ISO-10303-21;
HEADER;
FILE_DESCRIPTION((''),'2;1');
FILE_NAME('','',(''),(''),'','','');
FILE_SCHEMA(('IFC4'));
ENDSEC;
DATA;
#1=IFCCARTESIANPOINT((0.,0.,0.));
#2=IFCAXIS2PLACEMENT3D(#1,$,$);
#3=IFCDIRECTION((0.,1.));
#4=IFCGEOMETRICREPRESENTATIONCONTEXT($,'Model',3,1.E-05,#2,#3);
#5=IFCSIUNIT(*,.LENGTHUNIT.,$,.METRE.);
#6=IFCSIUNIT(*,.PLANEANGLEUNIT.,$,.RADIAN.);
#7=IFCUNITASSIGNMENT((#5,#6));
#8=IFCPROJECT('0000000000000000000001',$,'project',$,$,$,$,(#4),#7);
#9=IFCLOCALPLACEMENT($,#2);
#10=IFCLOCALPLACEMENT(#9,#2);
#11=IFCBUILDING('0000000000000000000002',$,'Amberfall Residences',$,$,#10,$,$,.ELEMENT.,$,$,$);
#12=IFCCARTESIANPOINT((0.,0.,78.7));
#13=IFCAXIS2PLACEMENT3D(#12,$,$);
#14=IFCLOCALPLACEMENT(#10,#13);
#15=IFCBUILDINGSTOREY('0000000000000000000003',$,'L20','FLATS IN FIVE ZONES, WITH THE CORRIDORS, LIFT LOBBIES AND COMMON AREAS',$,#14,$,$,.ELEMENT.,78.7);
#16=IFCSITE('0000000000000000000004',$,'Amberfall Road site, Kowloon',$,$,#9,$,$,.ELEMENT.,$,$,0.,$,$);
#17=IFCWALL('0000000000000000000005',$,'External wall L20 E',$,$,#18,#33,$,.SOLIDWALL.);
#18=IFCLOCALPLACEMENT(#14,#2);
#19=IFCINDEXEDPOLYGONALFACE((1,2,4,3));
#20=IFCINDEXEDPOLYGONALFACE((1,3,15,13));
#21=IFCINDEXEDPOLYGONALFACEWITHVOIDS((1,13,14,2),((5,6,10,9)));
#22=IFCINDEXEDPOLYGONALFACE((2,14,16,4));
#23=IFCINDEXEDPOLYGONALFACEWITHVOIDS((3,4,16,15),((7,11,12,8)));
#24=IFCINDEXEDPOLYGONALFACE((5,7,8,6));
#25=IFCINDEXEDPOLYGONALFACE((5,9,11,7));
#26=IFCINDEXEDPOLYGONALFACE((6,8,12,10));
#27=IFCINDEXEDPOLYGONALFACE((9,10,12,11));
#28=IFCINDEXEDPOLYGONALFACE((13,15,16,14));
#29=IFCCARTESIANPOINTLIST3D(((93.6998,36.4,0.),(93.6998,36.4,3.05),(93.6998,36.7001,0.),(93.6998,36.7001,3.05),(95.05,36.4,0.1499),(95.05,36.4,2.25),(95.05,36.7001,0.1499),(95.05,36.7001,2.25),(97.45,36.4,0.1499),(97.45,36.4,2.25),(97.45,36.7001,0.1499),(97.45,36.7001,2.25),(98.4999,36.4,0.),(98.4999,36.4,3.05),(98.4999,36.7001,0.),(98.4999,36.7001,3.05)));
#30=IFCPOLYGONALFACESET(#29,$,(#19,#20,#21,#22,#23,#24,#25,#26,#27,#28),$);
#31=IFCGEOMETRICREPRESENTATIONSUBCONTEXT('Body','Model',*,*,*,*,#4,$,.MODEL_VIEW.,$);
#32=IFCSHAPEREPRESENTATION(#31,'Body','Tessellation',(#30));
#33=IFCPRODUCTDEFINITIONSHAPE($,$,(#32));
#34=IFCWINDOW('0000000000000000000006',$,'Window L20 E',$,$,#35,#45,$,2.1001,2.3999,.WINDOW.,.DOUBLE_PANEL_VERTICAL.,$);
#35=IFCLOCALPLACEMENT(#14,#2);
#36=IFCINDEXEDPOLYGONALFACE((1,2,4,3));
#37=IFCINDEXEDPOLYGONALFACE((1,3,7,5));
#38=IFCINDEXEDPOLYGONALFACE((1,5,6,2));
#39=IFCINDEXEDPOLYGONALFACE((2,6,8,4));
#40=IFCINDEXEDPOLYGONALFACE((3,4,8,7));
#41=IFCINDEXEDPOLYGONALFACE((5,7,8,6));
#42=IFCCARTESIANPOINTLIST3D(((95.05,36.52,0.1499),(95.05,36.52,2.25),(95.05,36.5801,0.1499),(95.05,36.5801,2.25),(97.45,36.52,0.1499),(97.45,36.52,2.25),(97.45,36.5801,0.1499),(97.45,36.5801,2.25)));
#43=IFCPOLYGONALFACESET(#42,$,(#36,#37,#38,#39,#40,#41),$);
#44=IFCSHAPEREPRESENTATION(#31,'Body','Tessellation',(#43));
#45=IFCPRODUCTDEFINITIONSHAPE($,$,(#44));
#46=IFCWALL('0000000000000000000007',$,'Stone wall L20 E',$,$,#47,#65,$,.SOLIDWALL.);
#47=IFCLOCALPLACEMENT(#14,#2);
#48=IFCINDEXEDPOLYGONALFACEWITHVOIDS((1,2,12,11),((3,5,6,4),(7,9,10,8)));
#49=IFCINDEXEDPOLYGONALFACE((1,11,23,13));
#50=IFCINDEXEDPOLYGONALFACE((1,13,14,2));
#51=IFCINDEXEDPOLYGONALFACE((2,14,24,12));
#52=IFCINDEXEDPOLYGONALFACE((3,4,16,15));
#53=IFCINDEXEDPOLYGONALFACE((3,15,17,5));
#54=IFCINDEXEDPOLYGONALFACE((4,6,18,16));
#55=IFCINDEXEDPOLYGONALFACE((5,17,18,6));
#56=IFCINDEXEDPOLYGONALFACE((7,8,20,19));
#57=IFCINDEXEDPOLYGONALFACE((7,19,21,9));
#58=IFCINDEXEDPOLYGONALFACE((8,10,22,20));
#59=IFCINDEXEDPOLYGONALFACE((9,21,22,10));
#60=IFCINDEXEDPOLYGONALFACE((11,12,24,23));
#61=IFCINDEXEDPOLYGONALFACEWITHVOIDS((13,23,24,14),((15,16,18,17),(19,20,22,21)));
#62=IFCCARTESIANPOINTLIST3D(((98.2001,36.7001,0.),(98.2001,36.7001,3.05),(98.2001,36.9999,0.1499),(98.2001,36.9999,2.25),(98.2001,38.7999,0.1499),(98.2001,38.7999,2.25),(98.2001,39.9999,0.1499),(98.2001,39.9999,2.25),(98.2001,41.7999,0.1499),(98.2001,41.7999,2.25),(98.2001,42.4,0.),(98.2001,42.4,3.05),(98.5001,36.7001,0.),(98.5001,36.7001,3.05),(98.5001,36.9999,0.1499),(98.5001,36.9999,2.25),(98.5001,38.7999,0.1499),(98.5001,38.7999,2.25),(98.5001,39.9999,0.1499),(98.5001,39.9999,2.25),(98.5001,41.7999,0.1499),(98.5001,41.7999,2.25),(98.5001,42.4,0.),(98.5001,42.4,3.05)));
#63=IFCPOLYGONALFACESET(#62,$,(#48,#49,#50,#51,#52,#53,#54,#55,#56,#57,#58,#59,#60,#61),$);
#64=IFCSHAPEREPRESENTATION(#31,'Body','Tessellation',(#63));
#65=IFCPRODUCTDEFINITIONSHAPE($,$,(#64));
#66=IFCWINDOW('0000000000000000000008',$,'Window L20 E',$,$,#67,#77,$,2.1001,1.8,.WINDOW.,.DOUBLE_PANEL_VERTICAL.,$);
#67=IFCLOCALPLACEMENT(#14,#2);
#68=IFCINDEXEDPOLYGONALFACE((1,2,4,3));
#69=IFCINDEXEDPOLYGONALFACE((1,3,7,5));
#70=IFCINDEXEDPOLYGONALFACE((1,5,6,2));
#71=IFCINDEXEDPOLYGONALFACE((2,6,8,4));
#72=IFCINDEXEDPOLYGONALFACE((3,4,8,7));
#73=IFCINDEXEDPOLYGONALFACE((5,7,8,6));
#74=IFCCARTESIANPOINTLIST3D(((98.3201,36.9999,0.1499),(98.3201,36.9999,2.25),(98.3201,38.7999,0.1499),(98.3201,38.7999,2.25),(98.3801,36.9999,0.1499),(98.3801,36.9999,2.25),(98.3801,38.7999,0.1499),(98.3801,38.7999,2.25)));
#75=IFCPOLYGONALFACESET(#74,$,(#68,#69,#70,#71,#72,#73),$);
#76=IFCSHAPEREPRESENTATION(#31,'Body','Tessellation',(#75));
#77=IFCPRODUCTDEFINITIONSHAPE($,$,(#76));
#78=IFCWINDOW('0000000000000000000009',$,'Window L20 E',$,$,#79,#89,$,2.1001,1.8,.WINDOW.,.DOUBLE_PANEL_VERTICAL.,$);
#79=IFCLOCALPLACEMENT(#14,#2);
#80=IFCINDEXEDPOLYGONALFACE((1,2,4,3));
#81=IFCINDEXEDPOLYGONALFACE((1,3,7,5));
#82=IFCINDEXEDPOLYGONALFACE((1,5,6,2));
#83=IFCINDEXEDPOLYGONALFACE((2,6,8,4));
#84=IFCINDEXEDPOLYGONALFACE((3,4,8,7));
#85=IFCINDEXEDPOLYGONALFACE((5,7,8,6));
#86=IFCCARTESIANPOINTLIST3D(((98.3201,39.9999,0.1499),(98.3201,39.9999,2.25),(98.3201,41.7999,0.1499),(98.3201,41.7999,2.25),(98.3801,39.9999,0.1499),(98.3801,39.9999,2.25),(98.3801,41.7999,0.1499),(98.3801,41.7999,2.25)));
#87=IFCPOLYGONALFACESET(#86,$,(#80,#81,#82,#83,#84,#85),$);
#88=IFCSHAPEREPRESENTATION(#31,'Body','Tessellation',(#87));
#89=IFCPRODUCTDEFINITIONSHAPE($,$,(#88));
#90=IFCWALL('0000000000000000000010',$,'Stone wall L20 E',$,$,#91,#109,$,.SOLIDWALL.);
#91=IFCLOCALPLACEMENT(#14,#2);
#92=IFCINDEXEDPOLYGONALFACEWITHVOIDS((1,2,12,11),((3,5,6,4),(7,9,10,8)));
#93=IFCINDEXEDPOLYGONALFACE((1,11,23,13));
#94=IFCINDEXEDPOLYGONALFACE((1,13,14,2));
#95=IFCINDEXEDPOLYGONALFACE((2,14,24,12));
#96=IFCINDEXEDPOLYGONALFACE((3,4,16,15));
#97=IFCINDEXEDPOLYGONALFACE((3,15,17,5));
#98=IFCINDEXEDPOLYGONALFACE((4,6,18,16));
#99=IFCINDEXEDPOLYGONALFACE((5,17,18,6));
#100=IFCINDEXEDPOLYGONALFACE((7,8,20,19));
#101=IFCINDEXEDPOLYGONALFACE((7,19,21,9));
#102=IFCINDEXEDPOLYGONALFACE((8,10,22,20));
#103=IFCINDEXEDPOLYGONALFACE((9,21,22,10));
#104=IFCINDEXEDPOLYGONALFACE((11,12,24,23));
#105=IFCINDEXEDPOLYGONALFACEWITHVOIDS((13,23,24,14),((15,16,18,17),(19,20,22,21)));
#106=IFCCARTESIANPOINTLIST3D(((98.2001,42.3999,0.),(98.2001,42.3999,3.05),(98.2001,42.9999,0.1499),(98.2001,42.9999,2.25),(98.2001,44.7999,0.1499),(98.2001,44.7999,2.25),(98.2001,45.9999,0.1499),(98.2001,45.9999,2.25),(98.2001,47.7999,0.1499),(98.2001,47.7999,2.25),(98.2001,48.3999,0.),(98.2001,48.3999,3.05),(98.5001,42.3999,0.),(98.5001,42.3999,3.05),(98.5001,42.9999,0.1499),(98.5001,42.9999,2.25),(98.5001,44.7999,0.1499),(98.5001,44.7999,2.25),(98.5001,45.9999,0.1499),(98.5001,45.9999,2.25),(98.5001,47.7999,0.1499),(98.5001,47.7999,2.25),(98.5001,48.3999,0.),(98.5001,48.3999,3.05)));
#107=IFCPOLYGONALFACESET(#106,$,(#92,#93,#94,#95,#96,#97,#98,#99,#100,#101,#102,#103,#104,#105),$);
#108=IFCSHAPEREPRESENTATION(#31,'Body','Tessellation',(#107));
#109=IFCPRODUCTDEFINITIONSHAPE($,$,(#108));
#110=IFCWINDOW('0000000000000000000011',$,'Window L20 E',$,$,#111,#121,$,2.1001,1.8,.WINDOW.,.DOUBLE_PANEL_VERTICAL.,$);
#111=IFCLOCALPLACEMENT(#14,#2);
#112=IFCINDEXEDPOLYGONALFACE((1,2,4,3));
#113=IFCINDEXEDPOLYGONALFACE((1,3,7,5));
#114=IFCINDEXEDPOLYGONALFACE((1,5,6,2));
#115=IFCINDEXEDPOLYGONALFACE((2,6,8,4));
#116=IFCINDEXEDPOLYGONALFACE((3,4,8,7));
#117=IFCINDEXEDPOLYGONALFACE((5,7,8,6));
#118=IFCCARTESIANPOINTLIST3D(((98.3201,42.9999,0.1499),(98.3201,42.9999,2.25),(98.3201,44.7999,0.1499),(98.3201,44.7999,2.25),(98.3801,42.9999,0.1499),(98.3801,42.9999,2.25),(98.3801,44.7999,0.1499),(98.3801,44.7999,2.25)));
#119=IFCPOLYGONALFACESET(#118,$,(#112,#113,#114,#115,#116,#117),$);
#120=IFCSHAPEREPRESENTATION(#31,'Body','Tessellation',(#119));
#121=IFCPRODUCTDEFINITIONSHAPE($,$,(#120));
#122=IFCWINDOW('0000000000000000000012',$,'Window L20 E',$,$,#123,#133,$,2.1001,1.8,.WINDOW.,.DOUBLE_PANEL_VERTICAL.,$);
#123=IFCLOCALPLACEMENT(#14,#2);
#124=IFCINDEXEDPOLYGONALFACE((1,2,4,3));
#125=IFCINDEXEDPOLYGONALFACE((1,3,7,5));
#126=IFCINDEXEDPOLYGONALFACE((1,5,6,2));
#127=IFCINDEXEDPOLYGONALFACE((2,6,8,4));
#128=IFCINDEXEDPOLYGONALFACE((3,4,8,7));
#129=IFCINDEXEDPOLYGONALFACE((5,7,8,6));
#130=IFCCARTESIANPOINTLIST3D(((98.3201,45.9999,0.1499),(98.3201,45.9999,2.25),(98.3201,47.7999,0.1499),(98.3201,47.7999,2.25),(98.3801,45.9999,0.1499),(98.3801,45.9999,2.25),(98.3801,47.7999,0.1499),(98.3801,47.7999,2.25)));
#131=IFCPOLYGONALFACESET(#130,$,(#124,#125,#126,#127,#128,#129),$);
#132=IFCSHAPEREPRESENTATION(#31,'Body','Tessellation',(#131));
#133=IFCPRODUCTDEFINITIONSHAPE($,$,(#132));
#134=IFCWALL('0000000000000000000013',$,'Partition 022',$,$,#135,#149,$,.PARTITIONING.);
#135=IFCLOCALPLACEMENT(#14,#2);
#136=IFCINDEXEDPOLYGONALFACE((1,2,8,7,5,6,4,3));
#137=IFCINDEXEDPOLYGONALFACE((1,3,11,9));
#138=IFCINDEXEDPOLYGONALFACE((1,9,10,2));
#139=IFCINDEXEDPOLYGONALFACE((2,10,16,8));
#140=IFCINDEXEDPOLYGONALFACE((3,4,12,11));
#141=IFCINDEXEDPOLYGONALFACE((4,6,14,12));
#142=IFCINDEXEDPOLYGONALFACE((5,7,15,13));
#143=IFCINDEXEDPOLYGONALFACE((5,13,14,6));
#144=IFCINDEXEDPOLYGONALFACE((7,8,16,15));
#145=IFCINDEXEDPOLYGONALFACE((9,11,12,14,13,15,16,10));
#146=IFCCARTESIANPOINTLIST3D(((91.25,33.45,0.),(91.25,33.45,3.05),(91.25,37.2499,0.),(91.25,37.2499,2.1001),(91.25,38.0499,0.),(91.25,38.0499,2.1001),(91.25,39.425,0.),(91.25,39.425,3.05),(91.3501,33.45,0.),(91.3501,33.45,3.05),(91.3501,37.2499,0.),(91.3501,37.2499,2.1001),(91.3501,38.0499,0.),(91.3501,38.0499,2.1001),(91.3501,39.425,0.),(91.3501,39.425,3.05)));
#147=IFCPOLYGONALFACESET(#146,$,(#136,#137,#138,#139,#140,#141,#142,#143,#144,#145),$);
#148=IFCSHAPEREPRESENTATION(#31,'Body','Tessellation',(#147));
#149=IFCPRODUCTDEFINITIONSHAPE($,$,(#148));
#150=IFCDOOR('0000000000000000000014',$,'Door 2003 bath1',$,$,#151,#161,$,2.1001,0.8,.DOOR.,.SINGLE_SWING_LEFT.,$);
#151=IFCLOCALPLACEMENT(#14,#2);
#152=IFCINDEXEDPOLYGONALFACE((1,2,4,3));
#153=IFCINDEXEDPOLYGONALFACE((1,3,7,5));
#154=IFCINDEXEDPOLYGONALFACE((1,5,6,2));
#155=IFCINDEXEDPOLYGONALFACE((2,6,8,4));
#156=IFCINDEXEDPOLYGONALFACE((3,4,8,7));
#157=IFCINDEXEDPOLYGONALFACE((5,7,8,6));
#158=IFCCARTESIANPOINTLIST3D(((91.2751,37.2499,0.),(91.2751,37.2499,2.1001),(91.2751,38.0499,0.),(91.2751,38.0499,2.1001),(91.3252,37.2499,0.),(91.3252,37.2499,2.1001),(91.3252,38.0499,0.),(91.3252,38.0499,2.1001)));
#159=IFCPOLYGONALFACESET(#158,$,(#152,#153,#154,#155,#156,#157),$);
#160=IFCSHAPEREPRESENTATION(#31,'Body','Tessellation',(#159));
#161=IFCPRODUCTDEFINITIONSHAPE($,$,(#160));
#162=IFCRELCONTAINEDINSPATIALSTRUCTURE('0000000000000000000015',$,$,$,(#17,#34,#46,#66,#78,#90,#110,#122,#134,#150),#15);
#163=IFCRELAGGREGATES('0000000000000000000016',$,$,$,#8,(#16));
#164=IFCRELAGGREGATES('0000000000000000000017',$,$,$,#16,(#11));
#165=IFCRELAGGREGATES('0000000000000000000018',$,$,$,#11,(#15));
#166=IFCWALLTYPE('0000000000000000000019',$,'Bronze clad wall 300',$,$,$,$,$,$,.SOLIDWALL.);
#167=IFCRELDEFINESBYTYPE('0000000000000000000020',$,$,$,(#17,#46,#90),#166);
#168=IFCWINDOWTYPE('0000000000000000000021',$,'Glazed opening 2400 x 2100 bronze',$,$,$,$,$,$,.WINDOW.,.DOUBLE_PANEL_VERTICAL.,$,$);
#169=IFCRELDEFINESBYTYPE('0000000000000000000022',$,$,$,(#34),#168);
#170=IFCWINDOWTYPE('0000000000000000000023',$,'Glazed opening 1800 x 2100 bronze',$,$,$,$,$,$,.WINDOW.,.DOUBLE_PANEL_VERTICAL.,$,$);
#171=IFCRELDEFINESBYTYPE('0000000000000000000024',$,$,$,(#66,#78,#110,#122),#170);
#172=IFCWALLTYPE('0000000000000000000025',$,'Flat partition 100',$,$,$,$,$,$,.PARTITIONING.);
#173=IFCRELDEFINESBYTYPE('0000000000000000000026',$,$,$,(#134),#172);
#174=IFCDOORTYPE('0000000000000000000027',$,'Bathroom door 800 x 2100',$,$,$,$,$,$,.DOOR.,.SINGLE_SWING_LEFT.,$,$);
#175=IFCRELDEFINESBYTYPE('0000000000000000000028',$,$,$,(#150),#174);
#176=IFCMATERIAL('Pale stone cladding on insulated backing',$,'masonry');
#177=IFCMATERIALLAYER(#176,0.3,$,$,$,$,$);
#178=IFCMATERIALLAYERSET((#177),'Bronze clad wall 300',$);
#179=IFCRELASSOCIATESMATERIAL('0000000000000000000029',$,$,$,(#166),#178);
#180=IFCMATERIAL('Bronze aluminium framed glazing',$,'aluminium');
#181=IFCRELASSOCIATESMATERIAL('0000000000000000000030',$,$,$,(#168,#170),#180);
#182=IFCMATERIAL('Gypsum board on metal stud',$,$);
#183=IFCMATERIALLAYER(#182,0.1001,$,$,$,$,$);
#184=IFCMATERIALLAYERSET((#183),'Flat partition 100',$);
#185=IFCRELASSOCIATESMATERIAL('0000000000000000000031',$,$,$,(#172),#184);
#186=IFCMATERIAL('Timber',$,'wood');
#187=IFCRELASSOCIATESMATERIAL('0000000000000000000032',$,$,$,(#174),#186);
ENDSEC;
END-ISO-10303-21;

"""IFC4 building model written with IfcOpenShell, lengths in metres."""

from ifc_helpers import new_model, si_unit, direction, frame, frame_2d, origin, place, context, subcontext, project, spatial, rectangle, extrude, material, layer, layer_set, type_object, element, fill, save


model = new_model("IFC4")

# Units and contexts
model_context = context("Model", 3, precision=1e-05, world=origin(), true_north=direction((0.0, 1.0)))
body_context = subcontext(model_context, "Body", "Model", "MODEL_VIEW")
ifc_project = project(units=[si_unit("LENGTHUNIT", "METRE"), si_unit("PLANEANGLEUNIT", "RADIAN")], contexts=[model_context])

# Site, building, storey
site_placement = place(None, origin())
site = spatial("IfcSite", under=ifc_project, at=site_placement, Name="Amberfall Road site, Kowloon", CompositionType="ELEMENT", RefElevation=0.0)
building_placement = place(site_placement, origin())
building = spatial("IfcBuilding", under=site, at=building_placement, Name="Amberfall Residences", CompositionType="ELEMENT")
storey_placement = place(building_placement, frame((0.0, 0.0, 78.7)))
storey = spatial("IfcBuildingStorey", under=building, at=storey_placement, Name="L20", Description="FLATS IN FIVE ZONES, WITH THE CORRIDORS, LIFT LOBBIES AND COMMON AREAS", CompositionType="ELEMENT", Elevation=78.7)

# Wall, opening, window
ifc_material_1 = material(Name="Pale stone cladding on insulated backing", Category="masonry")
ifc_layer_1 = layer(ifc_material_1, 0.3)
ifc_layer_set_1 = layer_set([ifc_layer_1], Name="Bronze clad wall 300")
wall_type_1 = type_object("IfcWallType", Name="Bronze clad wall 300", PredefinedType="SOLIDWALL", material=ifc_layer_set_1)
wall_1_placement = place(storey_placement, frame((93.7, 36.55, 0.0), z_axis=(0.0, 0.0, 1.0), x_axis=(1.0, 0.0, 0.0)))
wall_1 = element("IfcWall", 1, at=wall_1_placement, inside=storey, type_object=wall_type_1, Name="External wall L20 E", PredefinedType="SOLIDWALL", context=body_context, shape_type="SweptSolid", body=[
    extrude(rectangle(XDim=4.8, YDim=0.3, at=frame_2d((2.3999, 0.0))), origin(), (0.0, 0.0, 1.0), 3.05),
])
opening_1_placement = place(wall_1_placement, frame((1.3501, 0.0, 0.1499)))
opening_1 = element("IfcOpeningElement", 2, at=opening_1_placement, cuts=wall_1, PredefinedType="OPENING", context=body_context, shape_type="SweptSolid", body=[
    extrude(rectangle(XDim=2.3999, YDim=2.1001, at=frame_2d((1.2, 1.05))), frame((0.0, 0.1599, 0.0), z_axis=(0.0, -1.0, 0.0), x_axis=(1.0, 0.0, 0.0)), (0.0, 0.0, 1.0), 0.3201),
])
ifc_material_2 = material(Name="Bronze aluminium framed glazing", Category="aluminium")
window_type_1 = type_object("IfcWindowType", Name="Glazed opening 2400 x 2100 bronze", PartitioningType="DOUBLE_PANEL_VERTICAL", PredefinedType="WINDOW", material=ifc_material_2)
window_1_placement = place(opening_1_placement, origin())
window_1 = element("IfcWindow", 3, at=window_1_placement, inside=storey, type_object=window_type_1, Name="Window L20 E", OverallHeight=2.1001, OverallWidth=2.3999, PartitioningType="DOUBLE_PANEL_VERTICAL", PredefinedType="WINDOW", context=body_context, shape_type="SweptSolid", body=[
    extrude(rectangle(XDim=2.3999, YDim=2.1001, at=frame_2d((1.2, 1.05))), frame((0.0, 0.03, 0.0), z_axis=(0.0, -1.0, 0.0), x_axis=(1.0, 0.0, 0.0)), (0.0, 0.0, 1.0), 0.0601),
])
fill(opening_1, window_1)

# Walls, openings, windows
wall_2_placement = place(storey_placement, frame((98.3501, 36.7, 0.0), z_axis=(0.0, 0.0, 1.0), x_axis=(0.0, 1.0, 0.0)))
wall_2 = element("IfcWall", 4, at=wall_2_placement, inside=storey, type_object=wall_type_1, Name="Stone wall L20 E", PredefinedType="SOLIDWALL", context=body_context, shape_type="SweptSolid", body=[
    extrude(rectangle(XDim=5.7, YDim=0.3, at=frame_2d((2.8501, 0.0))), origin(), (0.0, 0.0, 1.0), 3.05),
])
opening_2_placement = place(wall_2_placement, frame((0.3, 0.0, 0.1499)))
opening_2 = element("IfcOpeningElement", 5, at=opening_2_placement, cuts=wall_2, PredefinedType="OPENING", context=body_context, shape_type="SweptSolid", body=[
    extrude(rectangle(XDim=1.8, YDim=2.1001, at=frame_2d((0.8999, 1.05))), frame((0.0, 0.1599, 0.0), z_axis=(0.0, -1.0, 0.0), x_axis=(1.0, 0.0, 0.0)), (0.0, 0.0, 1.0), 0.3201),
])
opening_3_placement = place(wall_2_placement, frame((3.3, 0.0, 0.1499)))
opening_3 = element("IfcOpeningElement", 6, at=opening_3_placement, cuts=wall_2, PredefinedType="OPENING", context=body_context, shape_type="SweptSolid", body=[
    extrude(rectangle(XDim=1.8, YDim=2.1001, at=frame_2d((0.8999, 1.05))), frame((0.0, 0.1599, 0.0), z_axis=(0.0, -1.0, 0.0), x_axis=(1.0, 0.0, 0.0)), (0.0, 0.0, 1.0), 0.3201),
])
window_type_2 = type_object("IfcWindowType", Name="Glazed opening 1800 x 2100 bronze", PartitioningType="DOUBLE_PANEL_VERTICAL", PredefinedType="WINDOW", material=ifc_material_2)
window_2_placement = place(opening_2_placement, origin())
window_2 = element("IfcWindow", 7, at=window_2_placement, inside=storey, type_object=window_type_2, Name="Window L20 E", OverallHeight=2.1001, OverallWidth=1.8, PartitioningType="DOUBLE_PANEL_VERTICAL", PredefinedType="WINDOW", context=body_context, shape_type="SweptSolid", body=[
    extrude(rectangle(XDim=1.8, YDim=2.1001, at=frame_2d((0.8999, 1.05))), frame((0.0, 0.03, 0.0), z_axis=(0.0, -1.0, 0.0), x_axis=(1.0, 0.0, 0.0)), (0.0, 0.0, 1.0), 0.0601),
])
fill(opening_2, window_2)
window_3_placement = place(opening_3_placement, origin())
window_3 = element("IfcWindow", 8, at=window_3_placement, inside=storey, type_object=window_type_2, Name="Window L20 E", OverallHeight=2.1001, OverallWidth=1.8, PartitioningType="DOUBLE_PANEL_VERTICAL", PredefinedType="WINDOW", context=body_context, shape_type="SweptSolid", body=[
    extrude(rectangle(XDim=1.8, YDim=2.1001, at=frame_2d((0.8999, 1.05))), frame((0.0, 0.03, 0.0), z_axis=(0.0, -1.0, 0.0), x_axis=(1.0, 0.0, 0.0)), (0.0, 0.0, 1.0), 0.0601),
])
fill(opening_3, window_3)
wall_3_placement = place(storey_placement, frame((98.3501, 42.3999, 0.0), z_axis=(0.0, 0.0, 1.0), x_axis=(0.0, 1.0, 0.0)))
wall_3 = element("IfcWall", 9, at=wall_3_placement, inside=storey, type_object=wall_type_1, Name="Stone wall L20 E", PredefinedType="SOLIDWALL", context=body_context, shape_type="SweptSolid", body=[
    extrude(rectangle(XDim=6.0, YDim=0.3, at=frame_2d((3.0, 0.0))), origin(), (0.0, 0.0, 1.0), 3.05),
])
opening_4_placement = place(wall_3_placement, frame((0.6001, 0.0, 0.1499)))
opening_4 = element("IfcOpeningElement", 10, at=opening_4_placement, cuts=wall_3, PredefinedType="OPENING", context=body_context, shape_type="SweptSolid", body=[
    extrude(rectangle(XDim=1.8, YDim=2.1001, at=frame_2d((0.8999, 1.05))), frame((0.0, 0.1599, 0.0), z_axis=(0.0, -1.0, 0.0), x_axis=(1.0, 0.0, 0.0)), (0.0, 0.0, 1.0), 0.3201),
])
opening_5_placement = place(wall_3_placement, frame((3.6001, 0.0, 0.1499)))
opening_5 = element("IfcOpeningElement", 11, at=opening_5_placement, cuts=wall_3, PredefinedType="OPENING", context=body_context, shape_type="SweptSolid", body=[
    extrude(rectangle(XDim=1.8, YDim=2.1001, at=frame_2d((0.8999, 1.05))), frame((0.0, 0.1599, 0.0), z_axis=(0.0, -1.0, 0.0), x_axis=(1.0, 0.0, 0.0)), (0.0, 0.0, 1.0), 0.3201),
])
window_4_placement = place(opening_4_placement, origin())
window_4 = element("IfcWindow", 12, at=window_4_placement, inside=storey, type_object=window_type_2, Name="Window L20 E", OverallHeight=2.1001, OverallWidth=1.8, PartitioningType="DOUBLE_PANEL_VERTICAL", PredefinedType="WINDOW", context=body_context, shape_type="SweptSolid", body=[
    extrude(rectangle(XDim=1.8, YDim=2.1001, at=frame_2d((0.8999, 1.05))), frame((0.0, 0.03, 0.0), z_axis=(0.0, -1.0, 0.0), x_axis=(1.0, 0.0, 0.0)), (0.0, 0.0, 1.0), 0.0601),
])
fill(opening_4, window_4)
window_5_placement = place(opening_5_placement, origin())
window_5 = element("IfcWindow", 13, at=window_5_placement, inside=storey, type_object=window_type_2, Name="Window L20 E", OverallHeight=2.1001, OverallWidth=1.8, PartitioningType="DOUBLE_PANEL_VERTICAL", PredefinedType="WINDOW", context=body_context, shape_type="SweptSolid", body=[
    extrude(rectangle(XDim=1.8, YDim=2.1001, at=frame_2d((0.8999, 1.05))), frame((0.0, 0.03, 0.0), z_axis=(0.0, -1.0, 0.0), x_axis=(1.0, 0.0, 0.0)), (0.0, 0.0, 1.0), 0.0601),
])
fill(opening_5, window_5)

# Wall, opening, door
ifc_material_3 = material(Name="Gypsum board on metal stud")
ifc_layer_2 = layer(ifc_material_3, 0.1001)
ifc_layer_set_2 = layer_set([ifc_layer_2], Name="Flat partition 100")
wall_type_2 = type_object("IfcWallType", Name="Flat partition 100", PredefinedType="PARTITIONING", material=ifc_layer_set_2)
wall_4_placement = place(storey_placement, frame((91.3, 33.45, 0.0), z_axis=(0.0, 0.0, 1.0), x_axis=(0.0, 1.0, 0.0)))
wall_4 = element("IfcWall", 14, at=wall_4_placement, inside=storey, type_object=wall_type_2, Name="Partition 022", PredefinedType="PARTITIONING", context=body_context, shape_type="SweptSolid", body=[
    extrude(rectangle(XDim=5.9751, YDim=0.1001, at=frame_2d((2.9875, 0.0))), origin(), (0.0, 0.0, 1.0), 3.05),
])
opening_6_placement = place(wall_4_placement, frame((3.8, 0.0, 0.0)))
opening_6 = element("IfcOpeningElement", 15, at=opening_6_placement, cuts=wall_4, PredefinedType="OPENING", context=body_context, shape_type="SweptSolid", body=[
    extrude(rectangle(XDim=0.8, YDim=2.1001, at=frame_2d((0.3999, 1.05))), frame((0.0, 0.0601, 0.0), z_axis=(0.0, -1.0, 0.0), x_axis=(1.0, 0.0, 0.0)), (0.0, 0.0, 1.0), 0.1201),
])
ifc_material_4 = material(Name="Timber", Category="wood")
door_type_1 = type_object("IfcDoorType", Name="Bathroom door 800 x 2100", OperationType="SINGLE_SWING_LEFT", PredefinedType="DOOR", material=ifc_material_4)
door_1_placement = place(opening_6_placement, origin())
door_1 = element("IfcDoor", 16, at=door_1_placement, inside=storey, type_object=door_type_1, Name="Door 2003 bath1", OperationType="SINGLE_SWING_LEFT", OverallHeight=2.1001, OverallWidth=0.8, PredefinedType="DOOR", context=body_context, shape_type="SweptSolid", body=[
    extrude(rectangle(XDim=0.8, YDim=2.1001, at=frame_2d((0.3999, 1.05))), frame((0.0, 0.0249, 0.0), z_axis=(0.0, -1.0, 0.0), x_axis=(1.0, 0.0, 0.0)), (0.0, 0.0, 1.0), 0.05),
])
fill(opening_6, door_1)

save(model, "model.ifc")
